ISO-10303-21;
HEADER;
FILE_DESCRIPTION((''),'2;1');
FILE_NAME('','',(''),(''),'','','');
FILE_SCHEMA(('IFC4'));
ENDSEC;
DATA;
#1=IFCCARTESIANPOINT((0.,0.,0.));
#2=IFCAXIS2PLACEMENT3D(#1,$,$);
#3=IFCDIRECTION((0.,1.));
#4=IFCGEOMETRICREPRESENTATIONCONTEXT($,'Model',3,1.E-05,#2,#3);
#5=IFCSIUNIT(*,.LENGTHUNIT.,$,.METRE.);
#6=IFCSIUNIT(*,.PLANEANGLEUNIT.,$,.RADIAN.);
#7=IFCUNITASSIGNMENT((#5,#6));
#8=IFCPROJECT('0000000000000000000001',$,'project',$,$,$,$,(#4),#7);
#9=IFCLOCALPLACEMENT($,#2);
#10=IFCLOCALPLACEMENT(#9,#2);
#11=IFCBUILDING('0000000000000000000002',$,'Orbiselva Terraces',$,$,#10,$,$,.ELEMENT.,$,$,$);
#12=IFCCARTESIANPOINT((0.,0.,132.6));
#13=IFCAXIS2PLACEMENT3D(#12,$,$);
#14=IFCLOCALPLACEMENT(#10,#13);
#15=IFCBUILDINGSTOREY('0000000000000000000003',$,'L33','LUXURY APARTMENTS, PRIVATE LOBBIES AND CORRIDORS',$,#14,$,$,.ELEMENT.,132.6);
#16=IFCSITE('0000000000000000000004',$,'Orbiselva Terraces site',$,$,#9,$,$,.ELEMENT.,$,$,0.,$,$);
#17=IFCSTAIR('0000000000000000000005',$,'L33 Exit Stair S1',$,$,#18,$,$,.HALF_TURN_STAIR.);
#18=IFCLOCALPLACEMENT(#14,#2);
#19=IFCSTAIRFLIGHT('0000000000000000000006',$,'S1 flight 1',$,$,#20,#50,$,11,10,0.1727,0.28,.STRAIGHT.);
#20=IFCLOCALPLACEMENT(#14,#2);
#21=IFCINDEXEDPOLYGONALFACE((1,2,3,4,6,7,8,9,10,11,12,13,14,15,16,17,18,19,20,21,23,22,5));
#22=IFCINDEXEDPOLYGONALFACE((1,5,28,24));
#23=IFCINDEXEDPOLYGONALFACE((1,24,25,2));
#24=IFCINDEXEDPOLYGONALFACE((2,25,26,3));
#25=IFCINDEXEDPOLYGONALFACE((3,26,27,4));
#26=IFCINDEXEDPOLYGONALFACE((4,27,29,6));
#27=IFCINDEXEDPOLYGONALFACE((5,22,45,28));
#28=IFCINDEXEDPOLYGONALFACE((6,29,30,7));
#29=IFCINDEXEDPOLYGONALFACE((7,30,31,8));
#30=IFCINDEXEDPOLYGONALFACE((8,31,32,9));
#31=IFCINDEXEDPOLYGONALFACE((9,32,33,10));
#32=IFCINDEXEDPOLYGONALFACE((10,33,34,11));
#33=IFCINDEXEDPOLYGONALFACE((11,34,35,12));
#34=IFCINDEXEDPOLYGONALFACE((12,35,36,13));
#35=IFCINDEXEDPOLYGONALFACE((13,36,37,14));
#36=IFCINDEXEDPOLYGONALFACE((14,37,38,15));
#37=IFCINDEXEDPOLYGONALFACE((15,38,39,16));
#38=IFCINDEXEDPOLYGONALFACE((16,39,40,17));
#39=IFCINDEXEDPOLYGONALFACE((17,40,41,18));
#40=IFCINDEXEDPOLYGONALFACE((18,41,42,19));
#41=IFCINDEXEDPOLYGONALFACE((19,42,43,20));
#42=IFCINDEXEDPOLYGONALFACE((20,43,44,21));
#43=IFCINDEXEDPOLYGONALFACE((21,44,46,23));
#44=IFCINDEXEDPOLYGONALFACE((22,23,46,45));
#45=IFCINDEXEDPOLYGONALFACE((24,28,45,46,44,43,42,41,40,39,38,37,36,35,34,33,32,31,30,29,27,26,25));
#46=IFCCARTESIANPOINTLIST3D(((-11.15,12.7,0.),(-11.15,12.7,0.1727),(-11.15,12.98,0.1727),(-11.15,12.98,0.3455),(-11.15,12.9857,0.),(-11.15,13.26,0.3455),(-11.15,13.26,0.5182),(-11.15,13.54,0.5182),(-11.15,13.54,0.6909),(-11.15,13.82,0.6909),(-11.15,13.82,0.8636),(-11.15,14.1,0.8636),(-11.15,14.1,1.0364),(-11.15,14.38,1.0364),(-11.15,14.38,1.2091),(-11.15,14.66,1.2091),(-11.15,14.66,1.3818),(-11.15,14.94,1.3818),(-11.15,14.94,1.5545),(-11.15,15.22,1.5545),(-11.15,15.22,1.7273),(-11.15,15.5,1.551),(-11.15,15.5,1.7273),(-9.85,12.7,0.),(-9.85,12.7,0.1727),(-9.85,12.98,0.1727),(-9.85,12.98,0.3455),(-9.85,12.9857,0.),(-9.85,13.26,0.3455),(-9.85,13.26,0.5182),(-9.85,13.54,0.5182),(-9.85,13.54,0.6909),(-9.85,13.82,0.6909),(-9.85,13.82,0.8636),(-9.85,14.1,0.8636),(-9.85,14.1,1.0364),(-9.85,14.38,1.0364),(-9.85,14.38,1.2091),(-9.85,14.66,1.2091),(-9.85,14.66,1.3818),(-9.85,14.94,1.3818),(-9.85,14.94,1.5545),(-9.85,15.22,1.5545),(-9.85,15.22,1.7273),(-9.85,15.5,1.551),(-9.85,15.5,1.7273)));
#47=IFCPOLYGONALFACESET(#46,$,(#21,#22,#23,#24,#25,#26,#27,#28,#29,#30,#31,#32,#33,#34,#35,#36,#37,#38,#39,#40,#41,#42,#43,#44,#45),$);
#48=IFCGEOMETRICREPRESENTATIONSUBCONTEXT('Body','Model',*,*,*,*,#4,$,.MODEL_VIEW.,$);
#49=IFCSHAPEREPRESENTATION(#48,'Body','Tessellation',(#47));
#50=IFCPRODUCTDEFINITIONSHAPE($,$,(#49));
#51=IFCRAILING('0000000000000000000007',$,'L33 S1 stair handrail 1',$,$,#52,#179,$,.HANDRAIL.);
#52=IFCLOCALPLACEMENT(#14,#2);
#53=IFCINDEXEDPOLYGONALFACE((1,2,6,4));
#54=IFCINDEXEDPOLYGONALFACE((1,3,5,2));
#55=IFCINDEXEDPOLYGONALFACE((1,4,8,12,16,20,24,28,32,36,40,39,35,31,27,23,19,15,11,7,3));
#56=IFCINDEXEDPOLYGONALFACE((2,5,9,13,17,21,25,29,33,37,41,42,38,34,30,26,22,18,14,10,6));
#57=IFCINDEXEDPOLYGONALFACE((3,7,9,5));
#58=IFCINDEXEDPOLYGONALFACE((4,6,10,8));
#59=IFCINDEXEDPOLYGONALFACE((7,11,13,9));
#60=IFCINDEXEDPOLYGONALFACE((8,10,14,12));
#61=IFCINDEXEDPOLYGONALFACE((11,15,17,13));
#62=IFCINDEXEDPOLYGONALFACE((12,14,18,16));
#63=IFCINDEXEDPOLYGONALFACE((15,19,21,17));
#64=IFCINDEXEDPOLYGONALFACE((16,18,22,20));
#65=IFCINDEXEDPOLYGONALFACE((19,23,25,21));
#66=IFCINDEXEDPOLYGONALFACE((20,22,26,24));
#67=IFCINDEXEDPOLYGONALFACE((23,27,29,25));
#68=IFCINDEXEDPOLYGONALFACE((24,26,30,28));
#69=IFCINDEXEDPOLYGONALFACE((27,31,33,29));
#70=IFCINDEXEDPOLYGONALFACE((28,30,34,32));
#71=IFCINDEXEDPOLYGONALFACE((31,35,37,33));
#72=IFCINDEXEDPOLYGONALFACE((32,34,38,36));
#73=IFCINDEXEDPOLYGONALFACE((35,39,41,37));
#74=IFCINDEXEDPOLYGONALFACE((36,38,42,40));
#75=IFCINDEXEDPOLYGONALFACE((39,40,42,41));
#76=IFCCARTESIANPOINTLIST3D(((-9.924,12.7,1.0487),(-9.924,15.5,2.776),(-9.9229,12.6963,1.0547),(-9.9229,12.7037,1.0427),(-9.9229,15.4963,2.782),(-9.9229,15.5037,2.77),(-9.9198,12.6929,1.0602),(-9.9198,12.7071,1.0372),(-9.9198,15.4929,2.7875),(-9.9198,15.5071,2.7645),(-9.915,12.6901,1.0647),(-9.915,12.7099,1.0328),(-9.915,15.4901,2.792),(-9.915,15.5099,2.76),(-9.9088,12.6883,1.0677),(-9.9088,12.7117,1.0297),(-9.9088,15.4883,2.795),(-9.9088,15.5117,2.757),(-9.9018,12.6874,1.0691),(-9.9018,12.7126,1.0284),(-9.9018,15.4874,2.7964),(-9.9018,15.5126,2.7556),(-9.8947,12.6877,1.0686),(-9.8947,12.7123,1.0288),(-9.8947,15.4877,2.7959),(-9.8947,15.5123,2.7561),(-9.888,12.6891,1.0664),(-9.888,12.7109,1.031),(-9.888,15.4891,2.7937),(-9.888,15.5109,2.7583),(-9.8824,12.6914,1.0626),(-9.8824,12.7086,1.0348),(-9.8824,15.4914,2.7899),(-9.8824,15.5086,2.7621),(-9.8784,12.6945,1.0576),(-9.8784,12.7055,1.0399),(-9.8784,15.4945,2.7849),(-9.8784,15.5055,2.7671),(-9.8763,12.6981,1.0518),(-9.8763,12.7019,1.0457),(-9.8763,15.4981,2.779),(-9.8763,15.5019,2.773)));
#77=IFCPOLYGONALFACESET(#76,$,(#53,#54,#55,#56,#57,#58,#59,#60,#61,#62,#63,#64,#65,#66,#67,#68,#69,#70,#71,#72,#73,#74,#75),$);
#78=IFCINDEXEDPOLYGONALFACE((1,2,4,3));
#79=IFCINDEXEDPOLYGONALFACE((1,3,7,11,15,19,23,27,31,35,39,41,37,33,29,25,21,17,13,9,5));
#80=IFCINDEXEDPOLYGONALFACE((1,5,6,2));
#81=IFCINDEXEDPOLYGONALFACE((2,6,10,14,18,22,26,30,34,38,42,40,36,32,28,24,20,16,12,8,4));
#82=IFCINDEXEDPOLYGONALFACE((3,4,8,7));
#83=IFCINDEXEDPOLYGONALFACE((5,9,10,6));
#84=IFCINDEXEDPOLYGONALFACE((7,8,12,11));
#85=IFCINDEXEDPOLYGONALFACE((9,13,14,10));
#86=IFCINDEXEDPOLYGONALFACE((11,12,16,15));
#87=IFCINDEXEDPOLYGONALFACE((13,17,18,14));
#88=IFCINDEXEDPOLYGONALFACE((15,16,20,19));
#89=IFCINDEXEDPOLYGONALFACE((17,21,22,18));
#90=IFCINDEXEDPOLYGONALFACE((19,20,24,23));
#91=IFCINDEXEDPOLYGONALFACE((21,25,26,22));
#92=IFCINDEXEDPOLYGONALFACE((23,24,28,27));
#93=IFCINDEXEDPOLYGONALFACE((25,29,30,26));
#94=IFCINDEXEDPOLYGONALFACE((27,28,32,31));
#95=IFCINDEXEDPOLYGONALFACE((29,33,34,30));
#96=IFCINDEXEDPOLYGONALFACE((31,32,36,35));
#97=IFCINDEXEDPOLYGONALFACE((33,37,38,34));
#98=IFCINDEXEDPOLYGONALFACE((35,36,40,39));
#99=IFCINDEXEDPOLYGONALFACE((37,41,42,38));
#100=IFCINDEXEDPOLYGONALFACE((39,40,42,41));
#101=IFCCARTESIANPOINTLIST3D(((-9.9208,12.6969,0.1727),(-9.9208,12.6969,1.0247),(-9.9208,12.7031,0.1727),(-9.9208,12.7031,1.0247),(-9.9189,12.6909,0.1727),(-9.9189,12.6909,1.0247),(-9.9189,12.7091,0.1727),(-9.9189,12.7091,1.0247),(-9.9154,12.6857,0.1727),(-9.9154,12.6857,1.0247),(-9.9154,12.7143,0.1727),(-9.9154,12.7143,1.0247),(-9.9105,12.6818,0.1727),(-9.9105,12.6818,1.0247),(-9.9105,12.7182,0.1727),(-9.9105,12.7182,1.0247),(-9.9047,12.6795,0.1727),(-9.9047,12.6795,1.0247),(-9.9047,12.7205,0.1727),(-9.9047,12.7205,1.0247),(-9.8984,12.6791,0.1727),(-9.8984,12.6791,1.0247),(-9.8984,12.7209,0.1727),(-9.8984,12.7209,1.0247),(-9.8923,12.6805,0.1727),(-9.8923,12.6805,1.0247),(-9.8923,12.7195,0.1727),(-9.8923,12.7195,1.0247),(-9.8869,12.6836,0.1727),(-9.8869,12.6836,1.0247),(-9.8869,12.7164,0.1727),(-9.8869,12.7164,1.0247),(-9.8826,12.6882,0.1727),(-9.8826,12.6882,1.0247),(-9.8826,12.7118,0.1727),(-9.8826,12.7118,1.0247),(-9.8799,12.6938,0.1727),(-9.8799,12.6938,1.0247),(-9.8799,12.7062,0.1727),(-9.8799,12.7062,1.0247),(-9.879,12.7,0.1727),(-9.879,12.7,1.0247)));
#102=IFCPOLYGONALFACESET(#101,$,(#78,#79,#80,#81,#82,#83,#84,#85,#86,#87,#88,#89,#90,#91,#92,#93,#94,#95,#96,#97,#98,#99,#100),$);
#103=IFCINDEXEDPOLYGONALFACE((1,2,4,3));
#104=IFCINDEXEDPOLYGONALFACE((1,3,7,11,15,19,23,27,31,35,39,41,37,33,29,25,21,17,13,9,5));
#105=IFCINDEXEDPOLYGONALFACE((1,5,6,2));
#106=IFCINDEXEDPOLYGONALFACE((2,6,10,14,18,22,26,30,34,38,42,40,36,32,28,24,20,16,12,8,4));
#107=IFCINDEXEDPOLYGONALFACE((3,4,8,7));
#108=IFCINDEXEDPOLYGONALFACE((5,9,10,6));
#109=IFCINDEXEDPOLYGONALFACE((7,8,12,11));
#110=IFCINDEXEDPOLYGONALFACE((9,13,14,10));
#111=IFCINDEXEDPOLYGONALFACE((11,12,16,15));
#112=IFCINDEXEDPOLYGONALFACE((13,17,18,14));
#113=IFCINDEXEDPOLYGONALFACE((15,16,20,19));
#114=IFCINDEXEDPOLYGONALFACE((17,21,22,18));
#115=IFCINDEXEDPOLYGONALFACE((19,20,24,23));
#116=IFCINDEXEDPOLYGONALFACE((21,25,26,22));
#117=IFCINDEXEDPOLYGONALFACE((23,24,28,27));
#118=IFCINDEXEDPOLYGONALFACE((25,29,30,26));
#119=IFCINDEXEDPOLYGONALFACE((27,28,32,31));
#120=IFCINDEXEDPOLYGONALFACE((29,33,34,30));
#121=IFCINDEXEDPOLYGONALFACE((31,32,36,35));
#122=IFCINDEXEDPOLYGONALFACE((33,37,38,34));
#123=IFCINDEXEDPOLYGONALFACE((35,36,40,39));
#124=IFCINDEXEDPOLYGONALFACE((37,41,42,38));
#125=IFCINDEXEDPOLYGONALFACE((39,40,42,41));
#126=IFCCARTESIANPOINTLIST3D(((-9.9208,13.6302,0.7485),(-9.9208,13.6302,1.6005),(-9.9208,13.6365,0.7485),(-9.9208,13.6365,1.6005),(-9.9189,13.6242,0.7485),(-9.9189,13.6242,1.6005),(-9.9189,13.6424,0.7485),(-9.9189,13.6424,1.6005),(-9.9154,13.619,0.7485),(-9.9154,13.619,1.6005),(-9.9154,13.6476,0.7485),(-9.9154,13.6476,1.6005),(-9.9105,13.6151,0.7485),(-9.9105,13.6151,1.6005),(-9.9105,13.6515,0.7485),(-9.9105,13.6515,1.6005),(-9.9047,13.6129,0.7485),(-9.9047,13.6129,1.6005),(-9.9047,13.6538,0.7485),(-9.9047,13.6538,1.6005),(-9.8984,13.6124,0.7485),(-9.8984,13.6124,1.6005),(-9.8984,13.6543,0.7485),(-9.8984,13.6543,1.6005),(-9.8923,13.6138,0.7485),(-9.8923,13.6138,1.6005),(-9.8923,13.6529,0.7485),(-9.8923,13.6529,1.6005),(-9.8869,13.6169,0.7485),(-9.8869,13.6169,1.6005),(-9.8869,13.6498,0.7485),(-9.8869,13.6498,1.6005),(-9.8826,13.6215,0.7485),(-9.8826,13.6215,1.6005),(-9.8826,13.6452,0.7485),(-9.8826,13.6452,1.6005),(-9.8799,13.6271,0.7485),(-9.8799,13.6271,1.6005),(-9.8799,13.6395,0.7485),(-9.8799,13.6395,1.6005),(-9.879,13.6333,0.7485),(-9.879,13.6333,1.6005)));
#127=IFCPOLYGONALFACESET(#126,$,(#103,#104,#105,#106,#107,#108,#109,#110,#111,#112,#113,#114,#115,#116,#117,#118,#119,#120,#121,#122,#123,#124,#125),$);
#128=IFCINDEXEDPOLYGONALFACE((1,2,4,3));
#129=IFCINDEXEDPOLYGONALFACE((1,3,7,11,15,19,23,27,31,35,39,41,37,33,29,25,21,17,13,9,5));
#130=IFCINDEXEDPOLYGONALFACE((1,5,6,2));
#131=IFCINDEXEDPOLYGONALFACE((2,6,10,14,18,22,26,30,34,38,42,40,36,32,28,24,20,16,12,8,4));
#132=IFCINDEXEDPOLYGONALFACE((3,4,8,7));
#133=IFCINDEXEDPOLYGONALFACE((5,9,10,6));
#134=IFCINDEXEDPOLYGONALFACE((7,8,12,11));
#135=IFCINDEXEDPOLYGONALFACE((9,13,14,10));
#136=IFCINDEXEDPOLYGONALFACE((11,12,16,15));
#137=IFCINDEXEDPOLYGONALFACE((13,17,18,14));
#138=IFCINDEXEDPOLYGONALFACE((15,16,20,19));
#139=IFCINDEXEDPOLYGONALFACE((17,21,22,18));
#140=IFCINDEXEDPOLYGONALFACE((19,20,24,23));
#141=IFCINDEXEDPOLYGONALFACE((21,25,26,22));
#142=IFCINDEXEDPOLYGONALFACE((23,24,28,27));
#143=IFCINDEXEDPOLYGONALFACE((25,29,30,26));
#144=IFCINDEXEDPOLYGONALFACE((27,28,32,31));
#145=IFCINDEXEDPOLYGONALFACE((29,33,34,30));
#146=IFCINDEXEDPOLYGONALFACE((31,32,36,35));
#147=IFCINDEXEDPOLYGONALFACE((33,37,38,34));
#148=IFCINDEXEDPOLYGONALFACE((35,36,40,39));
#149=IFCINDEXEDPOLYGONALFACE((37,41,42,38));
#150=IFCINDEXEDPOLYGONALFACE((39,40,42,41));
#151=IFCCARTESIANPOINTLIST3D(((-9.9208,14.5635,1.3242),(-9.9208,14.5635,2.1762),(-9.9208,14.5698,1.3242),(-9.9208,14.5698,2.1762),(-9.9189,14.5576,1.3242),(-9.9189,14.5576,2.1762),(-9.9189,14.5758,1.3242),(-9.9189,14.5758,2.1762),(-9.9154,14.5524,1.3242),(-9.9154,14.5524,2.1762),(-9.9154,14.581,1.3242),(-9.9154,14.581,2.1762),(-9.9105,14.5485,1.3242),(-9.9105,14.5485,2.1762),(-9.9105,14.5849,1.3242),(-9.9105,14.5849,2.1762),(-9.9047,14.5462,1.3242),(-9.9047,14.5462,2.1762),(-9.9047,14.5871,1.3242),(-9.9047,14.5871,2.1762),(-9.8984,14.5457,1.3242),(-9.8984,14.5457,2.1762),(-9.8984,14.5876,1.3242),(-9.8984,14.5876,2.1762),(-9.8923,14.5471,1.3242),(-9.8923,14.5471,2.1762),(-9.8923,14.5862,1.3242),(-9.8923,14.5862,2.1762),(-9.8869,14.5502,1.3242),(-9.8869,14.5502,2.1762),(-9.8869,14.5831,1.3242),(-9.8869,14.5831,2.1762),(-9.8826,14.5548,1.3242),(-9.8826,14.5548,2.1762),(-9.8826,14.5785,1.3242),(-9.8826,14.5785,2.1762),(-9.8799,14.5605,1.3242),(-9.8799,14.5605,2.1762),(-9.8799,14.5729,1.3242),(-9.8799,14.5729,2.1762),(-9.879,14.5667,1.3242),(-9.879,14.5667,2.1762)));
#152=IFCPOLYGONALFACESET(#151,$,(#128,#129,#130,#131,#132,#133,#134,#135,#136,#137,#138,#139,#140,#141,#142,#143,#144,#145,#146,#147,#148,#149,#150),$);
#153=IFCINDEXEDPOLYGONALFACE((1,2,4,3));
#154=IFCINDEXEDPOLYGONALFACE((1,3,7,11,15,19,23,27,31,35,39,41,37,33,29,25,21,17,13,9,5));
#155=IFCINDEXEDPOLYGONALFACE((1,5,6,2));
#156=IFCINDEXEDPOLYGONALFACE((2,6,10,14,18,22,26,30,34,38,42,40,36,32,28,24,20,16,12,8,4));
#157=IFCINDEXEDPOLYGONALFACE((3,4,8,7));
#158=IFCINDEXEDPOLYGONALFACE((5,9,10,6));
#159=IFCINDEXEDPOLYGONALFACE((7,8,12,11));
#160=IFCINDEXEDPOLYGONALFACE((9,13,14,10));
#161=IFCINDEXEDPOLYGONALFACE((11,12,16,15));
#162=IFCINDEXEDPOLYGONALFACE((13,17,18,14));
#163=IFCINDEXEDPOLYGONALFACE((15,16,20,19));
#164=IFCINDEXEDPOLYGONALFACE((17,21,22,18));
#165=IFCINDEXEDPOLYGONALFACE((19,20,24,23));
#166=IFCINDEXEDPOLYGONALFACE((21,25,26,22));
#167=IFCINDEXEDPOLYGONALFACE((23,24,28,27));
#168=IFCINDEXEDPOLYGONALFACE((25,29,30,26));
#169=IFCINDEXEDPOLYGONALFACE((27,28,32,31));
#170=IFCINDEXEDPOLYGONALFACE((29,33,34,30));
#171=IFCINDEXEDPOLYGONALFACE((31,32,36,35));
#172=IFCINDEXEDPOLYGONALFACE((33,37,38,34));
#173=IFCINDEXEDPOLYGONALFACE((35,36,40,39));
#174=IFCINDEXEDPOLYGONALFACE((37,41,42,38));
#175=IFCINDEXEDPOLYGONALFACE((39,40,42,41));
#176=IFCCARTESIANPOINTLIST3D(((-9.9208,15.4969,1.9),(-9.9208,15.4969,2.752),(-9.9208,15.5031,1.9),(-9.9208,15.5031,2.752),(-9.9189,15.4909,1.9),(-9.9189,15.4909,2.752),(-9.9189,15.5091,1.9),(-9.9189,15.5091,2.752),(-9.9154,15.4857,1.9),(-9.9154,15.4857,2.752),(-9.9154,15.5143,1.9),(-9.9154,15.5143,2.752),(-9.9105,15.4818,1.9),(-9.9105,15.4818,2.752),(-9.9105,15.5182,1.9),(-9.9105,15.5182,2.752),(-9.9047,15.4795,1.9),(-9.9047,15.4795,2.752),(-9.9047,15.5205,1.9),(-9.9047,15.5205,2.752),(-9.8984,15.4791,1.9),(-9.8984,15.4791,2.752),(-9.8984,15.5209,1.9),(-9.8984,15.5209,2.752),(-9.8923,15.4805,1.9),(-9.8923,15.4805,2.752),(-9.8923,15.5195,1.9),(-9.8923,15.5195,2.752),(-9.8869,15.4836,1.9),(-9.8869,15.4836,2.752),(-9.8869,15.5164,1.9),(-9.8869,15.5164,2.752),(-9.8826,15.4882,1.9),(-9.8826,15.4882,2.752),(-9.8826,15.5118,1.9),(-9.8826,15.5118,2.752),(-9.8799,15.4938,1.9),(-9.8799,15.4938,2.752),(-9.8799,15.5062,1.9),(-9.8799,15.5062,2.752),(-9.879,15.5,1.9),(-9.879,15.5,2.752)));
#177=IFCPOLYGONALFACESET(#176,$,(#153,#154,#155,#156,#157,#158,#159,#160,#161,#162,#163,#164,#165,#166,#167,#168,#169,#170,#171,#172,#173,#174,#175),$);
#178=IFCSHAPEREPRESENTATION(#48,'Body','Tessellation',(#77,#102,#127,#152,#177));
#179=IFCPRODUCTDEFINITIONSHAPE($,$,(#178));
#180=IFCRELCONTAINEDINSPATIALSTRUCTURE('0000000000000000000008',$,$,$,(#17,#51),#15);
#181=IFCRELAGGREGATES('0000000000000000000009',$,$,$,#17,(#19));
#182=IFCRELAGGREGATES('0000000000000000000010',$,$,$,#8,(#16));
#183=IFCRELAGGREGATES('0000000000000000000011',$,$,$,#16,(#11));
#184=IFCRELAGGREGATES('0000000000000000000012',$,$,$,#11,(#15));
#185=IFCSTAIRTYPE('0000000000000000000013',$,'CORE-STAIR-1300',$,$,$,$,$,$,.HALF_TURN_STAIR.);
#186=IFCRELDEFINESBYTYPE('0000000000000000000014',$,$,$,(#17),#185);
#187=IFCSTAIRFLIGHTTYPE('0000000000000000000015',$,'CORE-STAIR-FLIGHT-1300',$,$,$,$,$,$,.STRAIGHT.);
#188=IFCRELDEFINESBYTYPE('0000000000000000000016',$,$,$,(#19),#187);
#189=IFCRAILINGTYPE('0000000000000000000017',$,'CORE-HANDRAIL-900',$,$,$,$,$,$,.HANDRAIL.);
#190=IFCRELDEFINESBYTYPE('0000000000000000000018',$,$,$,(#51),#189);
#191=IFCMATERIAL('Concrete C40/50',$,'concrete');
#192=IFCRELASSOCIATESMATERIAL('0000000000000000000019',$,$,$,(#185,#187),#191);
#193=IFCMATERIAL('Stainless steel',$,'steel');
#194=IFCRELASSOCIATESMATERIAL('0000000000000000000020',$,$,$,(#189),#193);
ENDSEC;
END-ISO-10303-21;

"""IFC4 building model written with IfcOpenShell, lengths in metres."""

from ifc_helpers import new_model, si_unit, direction, frame, origin, origin_2d, place, context, subcontext, project, spatial, polyline, circle, outline, extrude, material, type_object, element, aggregate, save


model = new_model("IFC4")

# Units and contexts
model_context = context("Model", 3, precision=1e-05, world=origin(), true_north=direction((0.0, 1.0)))
body_context = subcontext(model_context, "Body", "Model", "MODEL_VIEW")
ifc_project = project(units=[si_unit("LENGTHUNIT", "METRE"), si_unit("PLANEANGLEUNIT", "RADIAN")], contexts=[model_context])

# Site, building, storey
site_placement = place(None, origin())
site = spatial("IfcSite", under=ifc_project, at=site_placement, Name="Orbiselva Terraces site", CompositionType="ELEMENT", RefElevation=0.0)
building_placement = place(site_placement, origin())
building = spatial("IfcBuilding", under=site, at=building_placement, Name="Orbiselva Terraces", CompositionType="ELEMENT")
storey_placement = place(building_placement, frame((0.0, 0.0, 132.6)))
storey = spatial("IfcBuildingStorey", under=building, at=storey_placement, Name="L33", Description="LUXURY APARTMENTS, PRIVATE LOBBIES AND CORRIDORS", CompositionType="ELEMENT", Elevation=132.6)

# Shared definitions
ifc_material_1 = material(Name="Concrete C40/50", Category="concrete")

# Stair, stair flight
stair_type = type_object("IfcStairType", Name="CORE-STAIR-1300", PredefinedType="HALF_TURN_STAIR", material=ifc_material_1)
stair_placement = place(storey_placement, origin())
stair = element("IfcStair", 1, at=stair_placement, inside=storey, type_object=stair_type, Name="L33 Exit Stair S1", PredefinedType="HALF_TURN_STAIR")
stair_flight_type = type_object("IfcStairFlightType", Name="CORE-STAIR-FLIGHT-1300", PredefinedType="STRAIGHT", material=ifc_material_1)
stair_flight_placement = place(storey_placement, frame((-10.5, 12.7, 0.0), z_axis=(0.0, 0.0, 1.0), x_axis=(0.0, 1.0, 0.0)))
stair_flight = element("IfcStairFlight", 2, at=stair_flight_placement, type_object=stair_flight_type, Name="S1 flight 1", NumberOfRisers=11, NumberOfTreads=10, PredefinedType="STRAIGHT", RiserHeight=0.1727, TreadLength=0.28, context=body_context, shape_type="SweptSolid", body=[
    extrude(outline(polyline([(0.0, 0.0), (0.0, 0.1727), (0.28, 0.1727), (0.28, 0.3455), (0.56, 0.3455), (0.56, 0.5182), (0.84, 0.5182), (0.84, 0.6909), (1.12, 0.6909), (1.12, 0.8636), (1.4, 0.8636), (1.4, 1.0364), (1.68, 1.0364), (1.68, 1.2091), (1.96, 1.2091), (1.96, 1.3818), (2.24, 1.3818), (2.24, 1.5545), (2.52, 1.5545), (2.52, 1.7273), (2.8, 1.7273), (2.8, 1.9), (2.8, 1.551), (0.2857, 0.0), (0.0, 0.0)])), frame((0.0, 0.65, 0.0), z_axis=(0.0, -1.0, 0.0), x_axis=(1.0, 0.0, 0.0)), (0.0, 0.0, 1.0), 1.3),
])
aggregate(stair, [stair_flight])

# Railing
ifc_material_2 = material(Name="Stainless steel", Category="steel")
railing_type = type_object("IfcRailingType", Name="CORE-HANDRAIL-900", PredefinedType="HANDRAIL", material=ifc_material_2)
railing_placement = place(storey_placement, frame((-9.9, 12.7, 0.1727)))
element("IfcRailing", 3, at=railing_placement, inside=storey, type_object=railing_type, Name="L33 S1 stair handrail 1", PredefinedType="HANDRAIL", context=body_context, shape_type="SweptSolid", body=[
    extrude(circle(Radius=0.024, at=origin_2d()), frame((0.0, 0.0, 0.876), z_axis=(0.0, 0.851089, 0.525022), x_axis=(-1.0, 0.0, 0.0)), (0.0, 0.0, 1.0), 3.2899),
    extrude(circle(Radius=0.021, at=origin_2d()), origin(), (0.0, 0.0, 1.0), 0.852),
    extrude(circle(Radius=0.021, at=origin_2d()), frame((0.0, 0.9333, 0.5758)), (0.0, 0.0, 1.0), 0.852),
    extrude(circle(Radius=0.021, at=origin_2d()), frame((0.0, 1.8667, 1.1515)), (0.0, 0.0, 1.0), 0.852),
    extrude(circle(Radius=0.021, at=origin_2d()), frame((0.0, 2.8, 1.7273)), (0.0, 0.0, 1.0), 0.852),
])

save(model, "model.ifc")
